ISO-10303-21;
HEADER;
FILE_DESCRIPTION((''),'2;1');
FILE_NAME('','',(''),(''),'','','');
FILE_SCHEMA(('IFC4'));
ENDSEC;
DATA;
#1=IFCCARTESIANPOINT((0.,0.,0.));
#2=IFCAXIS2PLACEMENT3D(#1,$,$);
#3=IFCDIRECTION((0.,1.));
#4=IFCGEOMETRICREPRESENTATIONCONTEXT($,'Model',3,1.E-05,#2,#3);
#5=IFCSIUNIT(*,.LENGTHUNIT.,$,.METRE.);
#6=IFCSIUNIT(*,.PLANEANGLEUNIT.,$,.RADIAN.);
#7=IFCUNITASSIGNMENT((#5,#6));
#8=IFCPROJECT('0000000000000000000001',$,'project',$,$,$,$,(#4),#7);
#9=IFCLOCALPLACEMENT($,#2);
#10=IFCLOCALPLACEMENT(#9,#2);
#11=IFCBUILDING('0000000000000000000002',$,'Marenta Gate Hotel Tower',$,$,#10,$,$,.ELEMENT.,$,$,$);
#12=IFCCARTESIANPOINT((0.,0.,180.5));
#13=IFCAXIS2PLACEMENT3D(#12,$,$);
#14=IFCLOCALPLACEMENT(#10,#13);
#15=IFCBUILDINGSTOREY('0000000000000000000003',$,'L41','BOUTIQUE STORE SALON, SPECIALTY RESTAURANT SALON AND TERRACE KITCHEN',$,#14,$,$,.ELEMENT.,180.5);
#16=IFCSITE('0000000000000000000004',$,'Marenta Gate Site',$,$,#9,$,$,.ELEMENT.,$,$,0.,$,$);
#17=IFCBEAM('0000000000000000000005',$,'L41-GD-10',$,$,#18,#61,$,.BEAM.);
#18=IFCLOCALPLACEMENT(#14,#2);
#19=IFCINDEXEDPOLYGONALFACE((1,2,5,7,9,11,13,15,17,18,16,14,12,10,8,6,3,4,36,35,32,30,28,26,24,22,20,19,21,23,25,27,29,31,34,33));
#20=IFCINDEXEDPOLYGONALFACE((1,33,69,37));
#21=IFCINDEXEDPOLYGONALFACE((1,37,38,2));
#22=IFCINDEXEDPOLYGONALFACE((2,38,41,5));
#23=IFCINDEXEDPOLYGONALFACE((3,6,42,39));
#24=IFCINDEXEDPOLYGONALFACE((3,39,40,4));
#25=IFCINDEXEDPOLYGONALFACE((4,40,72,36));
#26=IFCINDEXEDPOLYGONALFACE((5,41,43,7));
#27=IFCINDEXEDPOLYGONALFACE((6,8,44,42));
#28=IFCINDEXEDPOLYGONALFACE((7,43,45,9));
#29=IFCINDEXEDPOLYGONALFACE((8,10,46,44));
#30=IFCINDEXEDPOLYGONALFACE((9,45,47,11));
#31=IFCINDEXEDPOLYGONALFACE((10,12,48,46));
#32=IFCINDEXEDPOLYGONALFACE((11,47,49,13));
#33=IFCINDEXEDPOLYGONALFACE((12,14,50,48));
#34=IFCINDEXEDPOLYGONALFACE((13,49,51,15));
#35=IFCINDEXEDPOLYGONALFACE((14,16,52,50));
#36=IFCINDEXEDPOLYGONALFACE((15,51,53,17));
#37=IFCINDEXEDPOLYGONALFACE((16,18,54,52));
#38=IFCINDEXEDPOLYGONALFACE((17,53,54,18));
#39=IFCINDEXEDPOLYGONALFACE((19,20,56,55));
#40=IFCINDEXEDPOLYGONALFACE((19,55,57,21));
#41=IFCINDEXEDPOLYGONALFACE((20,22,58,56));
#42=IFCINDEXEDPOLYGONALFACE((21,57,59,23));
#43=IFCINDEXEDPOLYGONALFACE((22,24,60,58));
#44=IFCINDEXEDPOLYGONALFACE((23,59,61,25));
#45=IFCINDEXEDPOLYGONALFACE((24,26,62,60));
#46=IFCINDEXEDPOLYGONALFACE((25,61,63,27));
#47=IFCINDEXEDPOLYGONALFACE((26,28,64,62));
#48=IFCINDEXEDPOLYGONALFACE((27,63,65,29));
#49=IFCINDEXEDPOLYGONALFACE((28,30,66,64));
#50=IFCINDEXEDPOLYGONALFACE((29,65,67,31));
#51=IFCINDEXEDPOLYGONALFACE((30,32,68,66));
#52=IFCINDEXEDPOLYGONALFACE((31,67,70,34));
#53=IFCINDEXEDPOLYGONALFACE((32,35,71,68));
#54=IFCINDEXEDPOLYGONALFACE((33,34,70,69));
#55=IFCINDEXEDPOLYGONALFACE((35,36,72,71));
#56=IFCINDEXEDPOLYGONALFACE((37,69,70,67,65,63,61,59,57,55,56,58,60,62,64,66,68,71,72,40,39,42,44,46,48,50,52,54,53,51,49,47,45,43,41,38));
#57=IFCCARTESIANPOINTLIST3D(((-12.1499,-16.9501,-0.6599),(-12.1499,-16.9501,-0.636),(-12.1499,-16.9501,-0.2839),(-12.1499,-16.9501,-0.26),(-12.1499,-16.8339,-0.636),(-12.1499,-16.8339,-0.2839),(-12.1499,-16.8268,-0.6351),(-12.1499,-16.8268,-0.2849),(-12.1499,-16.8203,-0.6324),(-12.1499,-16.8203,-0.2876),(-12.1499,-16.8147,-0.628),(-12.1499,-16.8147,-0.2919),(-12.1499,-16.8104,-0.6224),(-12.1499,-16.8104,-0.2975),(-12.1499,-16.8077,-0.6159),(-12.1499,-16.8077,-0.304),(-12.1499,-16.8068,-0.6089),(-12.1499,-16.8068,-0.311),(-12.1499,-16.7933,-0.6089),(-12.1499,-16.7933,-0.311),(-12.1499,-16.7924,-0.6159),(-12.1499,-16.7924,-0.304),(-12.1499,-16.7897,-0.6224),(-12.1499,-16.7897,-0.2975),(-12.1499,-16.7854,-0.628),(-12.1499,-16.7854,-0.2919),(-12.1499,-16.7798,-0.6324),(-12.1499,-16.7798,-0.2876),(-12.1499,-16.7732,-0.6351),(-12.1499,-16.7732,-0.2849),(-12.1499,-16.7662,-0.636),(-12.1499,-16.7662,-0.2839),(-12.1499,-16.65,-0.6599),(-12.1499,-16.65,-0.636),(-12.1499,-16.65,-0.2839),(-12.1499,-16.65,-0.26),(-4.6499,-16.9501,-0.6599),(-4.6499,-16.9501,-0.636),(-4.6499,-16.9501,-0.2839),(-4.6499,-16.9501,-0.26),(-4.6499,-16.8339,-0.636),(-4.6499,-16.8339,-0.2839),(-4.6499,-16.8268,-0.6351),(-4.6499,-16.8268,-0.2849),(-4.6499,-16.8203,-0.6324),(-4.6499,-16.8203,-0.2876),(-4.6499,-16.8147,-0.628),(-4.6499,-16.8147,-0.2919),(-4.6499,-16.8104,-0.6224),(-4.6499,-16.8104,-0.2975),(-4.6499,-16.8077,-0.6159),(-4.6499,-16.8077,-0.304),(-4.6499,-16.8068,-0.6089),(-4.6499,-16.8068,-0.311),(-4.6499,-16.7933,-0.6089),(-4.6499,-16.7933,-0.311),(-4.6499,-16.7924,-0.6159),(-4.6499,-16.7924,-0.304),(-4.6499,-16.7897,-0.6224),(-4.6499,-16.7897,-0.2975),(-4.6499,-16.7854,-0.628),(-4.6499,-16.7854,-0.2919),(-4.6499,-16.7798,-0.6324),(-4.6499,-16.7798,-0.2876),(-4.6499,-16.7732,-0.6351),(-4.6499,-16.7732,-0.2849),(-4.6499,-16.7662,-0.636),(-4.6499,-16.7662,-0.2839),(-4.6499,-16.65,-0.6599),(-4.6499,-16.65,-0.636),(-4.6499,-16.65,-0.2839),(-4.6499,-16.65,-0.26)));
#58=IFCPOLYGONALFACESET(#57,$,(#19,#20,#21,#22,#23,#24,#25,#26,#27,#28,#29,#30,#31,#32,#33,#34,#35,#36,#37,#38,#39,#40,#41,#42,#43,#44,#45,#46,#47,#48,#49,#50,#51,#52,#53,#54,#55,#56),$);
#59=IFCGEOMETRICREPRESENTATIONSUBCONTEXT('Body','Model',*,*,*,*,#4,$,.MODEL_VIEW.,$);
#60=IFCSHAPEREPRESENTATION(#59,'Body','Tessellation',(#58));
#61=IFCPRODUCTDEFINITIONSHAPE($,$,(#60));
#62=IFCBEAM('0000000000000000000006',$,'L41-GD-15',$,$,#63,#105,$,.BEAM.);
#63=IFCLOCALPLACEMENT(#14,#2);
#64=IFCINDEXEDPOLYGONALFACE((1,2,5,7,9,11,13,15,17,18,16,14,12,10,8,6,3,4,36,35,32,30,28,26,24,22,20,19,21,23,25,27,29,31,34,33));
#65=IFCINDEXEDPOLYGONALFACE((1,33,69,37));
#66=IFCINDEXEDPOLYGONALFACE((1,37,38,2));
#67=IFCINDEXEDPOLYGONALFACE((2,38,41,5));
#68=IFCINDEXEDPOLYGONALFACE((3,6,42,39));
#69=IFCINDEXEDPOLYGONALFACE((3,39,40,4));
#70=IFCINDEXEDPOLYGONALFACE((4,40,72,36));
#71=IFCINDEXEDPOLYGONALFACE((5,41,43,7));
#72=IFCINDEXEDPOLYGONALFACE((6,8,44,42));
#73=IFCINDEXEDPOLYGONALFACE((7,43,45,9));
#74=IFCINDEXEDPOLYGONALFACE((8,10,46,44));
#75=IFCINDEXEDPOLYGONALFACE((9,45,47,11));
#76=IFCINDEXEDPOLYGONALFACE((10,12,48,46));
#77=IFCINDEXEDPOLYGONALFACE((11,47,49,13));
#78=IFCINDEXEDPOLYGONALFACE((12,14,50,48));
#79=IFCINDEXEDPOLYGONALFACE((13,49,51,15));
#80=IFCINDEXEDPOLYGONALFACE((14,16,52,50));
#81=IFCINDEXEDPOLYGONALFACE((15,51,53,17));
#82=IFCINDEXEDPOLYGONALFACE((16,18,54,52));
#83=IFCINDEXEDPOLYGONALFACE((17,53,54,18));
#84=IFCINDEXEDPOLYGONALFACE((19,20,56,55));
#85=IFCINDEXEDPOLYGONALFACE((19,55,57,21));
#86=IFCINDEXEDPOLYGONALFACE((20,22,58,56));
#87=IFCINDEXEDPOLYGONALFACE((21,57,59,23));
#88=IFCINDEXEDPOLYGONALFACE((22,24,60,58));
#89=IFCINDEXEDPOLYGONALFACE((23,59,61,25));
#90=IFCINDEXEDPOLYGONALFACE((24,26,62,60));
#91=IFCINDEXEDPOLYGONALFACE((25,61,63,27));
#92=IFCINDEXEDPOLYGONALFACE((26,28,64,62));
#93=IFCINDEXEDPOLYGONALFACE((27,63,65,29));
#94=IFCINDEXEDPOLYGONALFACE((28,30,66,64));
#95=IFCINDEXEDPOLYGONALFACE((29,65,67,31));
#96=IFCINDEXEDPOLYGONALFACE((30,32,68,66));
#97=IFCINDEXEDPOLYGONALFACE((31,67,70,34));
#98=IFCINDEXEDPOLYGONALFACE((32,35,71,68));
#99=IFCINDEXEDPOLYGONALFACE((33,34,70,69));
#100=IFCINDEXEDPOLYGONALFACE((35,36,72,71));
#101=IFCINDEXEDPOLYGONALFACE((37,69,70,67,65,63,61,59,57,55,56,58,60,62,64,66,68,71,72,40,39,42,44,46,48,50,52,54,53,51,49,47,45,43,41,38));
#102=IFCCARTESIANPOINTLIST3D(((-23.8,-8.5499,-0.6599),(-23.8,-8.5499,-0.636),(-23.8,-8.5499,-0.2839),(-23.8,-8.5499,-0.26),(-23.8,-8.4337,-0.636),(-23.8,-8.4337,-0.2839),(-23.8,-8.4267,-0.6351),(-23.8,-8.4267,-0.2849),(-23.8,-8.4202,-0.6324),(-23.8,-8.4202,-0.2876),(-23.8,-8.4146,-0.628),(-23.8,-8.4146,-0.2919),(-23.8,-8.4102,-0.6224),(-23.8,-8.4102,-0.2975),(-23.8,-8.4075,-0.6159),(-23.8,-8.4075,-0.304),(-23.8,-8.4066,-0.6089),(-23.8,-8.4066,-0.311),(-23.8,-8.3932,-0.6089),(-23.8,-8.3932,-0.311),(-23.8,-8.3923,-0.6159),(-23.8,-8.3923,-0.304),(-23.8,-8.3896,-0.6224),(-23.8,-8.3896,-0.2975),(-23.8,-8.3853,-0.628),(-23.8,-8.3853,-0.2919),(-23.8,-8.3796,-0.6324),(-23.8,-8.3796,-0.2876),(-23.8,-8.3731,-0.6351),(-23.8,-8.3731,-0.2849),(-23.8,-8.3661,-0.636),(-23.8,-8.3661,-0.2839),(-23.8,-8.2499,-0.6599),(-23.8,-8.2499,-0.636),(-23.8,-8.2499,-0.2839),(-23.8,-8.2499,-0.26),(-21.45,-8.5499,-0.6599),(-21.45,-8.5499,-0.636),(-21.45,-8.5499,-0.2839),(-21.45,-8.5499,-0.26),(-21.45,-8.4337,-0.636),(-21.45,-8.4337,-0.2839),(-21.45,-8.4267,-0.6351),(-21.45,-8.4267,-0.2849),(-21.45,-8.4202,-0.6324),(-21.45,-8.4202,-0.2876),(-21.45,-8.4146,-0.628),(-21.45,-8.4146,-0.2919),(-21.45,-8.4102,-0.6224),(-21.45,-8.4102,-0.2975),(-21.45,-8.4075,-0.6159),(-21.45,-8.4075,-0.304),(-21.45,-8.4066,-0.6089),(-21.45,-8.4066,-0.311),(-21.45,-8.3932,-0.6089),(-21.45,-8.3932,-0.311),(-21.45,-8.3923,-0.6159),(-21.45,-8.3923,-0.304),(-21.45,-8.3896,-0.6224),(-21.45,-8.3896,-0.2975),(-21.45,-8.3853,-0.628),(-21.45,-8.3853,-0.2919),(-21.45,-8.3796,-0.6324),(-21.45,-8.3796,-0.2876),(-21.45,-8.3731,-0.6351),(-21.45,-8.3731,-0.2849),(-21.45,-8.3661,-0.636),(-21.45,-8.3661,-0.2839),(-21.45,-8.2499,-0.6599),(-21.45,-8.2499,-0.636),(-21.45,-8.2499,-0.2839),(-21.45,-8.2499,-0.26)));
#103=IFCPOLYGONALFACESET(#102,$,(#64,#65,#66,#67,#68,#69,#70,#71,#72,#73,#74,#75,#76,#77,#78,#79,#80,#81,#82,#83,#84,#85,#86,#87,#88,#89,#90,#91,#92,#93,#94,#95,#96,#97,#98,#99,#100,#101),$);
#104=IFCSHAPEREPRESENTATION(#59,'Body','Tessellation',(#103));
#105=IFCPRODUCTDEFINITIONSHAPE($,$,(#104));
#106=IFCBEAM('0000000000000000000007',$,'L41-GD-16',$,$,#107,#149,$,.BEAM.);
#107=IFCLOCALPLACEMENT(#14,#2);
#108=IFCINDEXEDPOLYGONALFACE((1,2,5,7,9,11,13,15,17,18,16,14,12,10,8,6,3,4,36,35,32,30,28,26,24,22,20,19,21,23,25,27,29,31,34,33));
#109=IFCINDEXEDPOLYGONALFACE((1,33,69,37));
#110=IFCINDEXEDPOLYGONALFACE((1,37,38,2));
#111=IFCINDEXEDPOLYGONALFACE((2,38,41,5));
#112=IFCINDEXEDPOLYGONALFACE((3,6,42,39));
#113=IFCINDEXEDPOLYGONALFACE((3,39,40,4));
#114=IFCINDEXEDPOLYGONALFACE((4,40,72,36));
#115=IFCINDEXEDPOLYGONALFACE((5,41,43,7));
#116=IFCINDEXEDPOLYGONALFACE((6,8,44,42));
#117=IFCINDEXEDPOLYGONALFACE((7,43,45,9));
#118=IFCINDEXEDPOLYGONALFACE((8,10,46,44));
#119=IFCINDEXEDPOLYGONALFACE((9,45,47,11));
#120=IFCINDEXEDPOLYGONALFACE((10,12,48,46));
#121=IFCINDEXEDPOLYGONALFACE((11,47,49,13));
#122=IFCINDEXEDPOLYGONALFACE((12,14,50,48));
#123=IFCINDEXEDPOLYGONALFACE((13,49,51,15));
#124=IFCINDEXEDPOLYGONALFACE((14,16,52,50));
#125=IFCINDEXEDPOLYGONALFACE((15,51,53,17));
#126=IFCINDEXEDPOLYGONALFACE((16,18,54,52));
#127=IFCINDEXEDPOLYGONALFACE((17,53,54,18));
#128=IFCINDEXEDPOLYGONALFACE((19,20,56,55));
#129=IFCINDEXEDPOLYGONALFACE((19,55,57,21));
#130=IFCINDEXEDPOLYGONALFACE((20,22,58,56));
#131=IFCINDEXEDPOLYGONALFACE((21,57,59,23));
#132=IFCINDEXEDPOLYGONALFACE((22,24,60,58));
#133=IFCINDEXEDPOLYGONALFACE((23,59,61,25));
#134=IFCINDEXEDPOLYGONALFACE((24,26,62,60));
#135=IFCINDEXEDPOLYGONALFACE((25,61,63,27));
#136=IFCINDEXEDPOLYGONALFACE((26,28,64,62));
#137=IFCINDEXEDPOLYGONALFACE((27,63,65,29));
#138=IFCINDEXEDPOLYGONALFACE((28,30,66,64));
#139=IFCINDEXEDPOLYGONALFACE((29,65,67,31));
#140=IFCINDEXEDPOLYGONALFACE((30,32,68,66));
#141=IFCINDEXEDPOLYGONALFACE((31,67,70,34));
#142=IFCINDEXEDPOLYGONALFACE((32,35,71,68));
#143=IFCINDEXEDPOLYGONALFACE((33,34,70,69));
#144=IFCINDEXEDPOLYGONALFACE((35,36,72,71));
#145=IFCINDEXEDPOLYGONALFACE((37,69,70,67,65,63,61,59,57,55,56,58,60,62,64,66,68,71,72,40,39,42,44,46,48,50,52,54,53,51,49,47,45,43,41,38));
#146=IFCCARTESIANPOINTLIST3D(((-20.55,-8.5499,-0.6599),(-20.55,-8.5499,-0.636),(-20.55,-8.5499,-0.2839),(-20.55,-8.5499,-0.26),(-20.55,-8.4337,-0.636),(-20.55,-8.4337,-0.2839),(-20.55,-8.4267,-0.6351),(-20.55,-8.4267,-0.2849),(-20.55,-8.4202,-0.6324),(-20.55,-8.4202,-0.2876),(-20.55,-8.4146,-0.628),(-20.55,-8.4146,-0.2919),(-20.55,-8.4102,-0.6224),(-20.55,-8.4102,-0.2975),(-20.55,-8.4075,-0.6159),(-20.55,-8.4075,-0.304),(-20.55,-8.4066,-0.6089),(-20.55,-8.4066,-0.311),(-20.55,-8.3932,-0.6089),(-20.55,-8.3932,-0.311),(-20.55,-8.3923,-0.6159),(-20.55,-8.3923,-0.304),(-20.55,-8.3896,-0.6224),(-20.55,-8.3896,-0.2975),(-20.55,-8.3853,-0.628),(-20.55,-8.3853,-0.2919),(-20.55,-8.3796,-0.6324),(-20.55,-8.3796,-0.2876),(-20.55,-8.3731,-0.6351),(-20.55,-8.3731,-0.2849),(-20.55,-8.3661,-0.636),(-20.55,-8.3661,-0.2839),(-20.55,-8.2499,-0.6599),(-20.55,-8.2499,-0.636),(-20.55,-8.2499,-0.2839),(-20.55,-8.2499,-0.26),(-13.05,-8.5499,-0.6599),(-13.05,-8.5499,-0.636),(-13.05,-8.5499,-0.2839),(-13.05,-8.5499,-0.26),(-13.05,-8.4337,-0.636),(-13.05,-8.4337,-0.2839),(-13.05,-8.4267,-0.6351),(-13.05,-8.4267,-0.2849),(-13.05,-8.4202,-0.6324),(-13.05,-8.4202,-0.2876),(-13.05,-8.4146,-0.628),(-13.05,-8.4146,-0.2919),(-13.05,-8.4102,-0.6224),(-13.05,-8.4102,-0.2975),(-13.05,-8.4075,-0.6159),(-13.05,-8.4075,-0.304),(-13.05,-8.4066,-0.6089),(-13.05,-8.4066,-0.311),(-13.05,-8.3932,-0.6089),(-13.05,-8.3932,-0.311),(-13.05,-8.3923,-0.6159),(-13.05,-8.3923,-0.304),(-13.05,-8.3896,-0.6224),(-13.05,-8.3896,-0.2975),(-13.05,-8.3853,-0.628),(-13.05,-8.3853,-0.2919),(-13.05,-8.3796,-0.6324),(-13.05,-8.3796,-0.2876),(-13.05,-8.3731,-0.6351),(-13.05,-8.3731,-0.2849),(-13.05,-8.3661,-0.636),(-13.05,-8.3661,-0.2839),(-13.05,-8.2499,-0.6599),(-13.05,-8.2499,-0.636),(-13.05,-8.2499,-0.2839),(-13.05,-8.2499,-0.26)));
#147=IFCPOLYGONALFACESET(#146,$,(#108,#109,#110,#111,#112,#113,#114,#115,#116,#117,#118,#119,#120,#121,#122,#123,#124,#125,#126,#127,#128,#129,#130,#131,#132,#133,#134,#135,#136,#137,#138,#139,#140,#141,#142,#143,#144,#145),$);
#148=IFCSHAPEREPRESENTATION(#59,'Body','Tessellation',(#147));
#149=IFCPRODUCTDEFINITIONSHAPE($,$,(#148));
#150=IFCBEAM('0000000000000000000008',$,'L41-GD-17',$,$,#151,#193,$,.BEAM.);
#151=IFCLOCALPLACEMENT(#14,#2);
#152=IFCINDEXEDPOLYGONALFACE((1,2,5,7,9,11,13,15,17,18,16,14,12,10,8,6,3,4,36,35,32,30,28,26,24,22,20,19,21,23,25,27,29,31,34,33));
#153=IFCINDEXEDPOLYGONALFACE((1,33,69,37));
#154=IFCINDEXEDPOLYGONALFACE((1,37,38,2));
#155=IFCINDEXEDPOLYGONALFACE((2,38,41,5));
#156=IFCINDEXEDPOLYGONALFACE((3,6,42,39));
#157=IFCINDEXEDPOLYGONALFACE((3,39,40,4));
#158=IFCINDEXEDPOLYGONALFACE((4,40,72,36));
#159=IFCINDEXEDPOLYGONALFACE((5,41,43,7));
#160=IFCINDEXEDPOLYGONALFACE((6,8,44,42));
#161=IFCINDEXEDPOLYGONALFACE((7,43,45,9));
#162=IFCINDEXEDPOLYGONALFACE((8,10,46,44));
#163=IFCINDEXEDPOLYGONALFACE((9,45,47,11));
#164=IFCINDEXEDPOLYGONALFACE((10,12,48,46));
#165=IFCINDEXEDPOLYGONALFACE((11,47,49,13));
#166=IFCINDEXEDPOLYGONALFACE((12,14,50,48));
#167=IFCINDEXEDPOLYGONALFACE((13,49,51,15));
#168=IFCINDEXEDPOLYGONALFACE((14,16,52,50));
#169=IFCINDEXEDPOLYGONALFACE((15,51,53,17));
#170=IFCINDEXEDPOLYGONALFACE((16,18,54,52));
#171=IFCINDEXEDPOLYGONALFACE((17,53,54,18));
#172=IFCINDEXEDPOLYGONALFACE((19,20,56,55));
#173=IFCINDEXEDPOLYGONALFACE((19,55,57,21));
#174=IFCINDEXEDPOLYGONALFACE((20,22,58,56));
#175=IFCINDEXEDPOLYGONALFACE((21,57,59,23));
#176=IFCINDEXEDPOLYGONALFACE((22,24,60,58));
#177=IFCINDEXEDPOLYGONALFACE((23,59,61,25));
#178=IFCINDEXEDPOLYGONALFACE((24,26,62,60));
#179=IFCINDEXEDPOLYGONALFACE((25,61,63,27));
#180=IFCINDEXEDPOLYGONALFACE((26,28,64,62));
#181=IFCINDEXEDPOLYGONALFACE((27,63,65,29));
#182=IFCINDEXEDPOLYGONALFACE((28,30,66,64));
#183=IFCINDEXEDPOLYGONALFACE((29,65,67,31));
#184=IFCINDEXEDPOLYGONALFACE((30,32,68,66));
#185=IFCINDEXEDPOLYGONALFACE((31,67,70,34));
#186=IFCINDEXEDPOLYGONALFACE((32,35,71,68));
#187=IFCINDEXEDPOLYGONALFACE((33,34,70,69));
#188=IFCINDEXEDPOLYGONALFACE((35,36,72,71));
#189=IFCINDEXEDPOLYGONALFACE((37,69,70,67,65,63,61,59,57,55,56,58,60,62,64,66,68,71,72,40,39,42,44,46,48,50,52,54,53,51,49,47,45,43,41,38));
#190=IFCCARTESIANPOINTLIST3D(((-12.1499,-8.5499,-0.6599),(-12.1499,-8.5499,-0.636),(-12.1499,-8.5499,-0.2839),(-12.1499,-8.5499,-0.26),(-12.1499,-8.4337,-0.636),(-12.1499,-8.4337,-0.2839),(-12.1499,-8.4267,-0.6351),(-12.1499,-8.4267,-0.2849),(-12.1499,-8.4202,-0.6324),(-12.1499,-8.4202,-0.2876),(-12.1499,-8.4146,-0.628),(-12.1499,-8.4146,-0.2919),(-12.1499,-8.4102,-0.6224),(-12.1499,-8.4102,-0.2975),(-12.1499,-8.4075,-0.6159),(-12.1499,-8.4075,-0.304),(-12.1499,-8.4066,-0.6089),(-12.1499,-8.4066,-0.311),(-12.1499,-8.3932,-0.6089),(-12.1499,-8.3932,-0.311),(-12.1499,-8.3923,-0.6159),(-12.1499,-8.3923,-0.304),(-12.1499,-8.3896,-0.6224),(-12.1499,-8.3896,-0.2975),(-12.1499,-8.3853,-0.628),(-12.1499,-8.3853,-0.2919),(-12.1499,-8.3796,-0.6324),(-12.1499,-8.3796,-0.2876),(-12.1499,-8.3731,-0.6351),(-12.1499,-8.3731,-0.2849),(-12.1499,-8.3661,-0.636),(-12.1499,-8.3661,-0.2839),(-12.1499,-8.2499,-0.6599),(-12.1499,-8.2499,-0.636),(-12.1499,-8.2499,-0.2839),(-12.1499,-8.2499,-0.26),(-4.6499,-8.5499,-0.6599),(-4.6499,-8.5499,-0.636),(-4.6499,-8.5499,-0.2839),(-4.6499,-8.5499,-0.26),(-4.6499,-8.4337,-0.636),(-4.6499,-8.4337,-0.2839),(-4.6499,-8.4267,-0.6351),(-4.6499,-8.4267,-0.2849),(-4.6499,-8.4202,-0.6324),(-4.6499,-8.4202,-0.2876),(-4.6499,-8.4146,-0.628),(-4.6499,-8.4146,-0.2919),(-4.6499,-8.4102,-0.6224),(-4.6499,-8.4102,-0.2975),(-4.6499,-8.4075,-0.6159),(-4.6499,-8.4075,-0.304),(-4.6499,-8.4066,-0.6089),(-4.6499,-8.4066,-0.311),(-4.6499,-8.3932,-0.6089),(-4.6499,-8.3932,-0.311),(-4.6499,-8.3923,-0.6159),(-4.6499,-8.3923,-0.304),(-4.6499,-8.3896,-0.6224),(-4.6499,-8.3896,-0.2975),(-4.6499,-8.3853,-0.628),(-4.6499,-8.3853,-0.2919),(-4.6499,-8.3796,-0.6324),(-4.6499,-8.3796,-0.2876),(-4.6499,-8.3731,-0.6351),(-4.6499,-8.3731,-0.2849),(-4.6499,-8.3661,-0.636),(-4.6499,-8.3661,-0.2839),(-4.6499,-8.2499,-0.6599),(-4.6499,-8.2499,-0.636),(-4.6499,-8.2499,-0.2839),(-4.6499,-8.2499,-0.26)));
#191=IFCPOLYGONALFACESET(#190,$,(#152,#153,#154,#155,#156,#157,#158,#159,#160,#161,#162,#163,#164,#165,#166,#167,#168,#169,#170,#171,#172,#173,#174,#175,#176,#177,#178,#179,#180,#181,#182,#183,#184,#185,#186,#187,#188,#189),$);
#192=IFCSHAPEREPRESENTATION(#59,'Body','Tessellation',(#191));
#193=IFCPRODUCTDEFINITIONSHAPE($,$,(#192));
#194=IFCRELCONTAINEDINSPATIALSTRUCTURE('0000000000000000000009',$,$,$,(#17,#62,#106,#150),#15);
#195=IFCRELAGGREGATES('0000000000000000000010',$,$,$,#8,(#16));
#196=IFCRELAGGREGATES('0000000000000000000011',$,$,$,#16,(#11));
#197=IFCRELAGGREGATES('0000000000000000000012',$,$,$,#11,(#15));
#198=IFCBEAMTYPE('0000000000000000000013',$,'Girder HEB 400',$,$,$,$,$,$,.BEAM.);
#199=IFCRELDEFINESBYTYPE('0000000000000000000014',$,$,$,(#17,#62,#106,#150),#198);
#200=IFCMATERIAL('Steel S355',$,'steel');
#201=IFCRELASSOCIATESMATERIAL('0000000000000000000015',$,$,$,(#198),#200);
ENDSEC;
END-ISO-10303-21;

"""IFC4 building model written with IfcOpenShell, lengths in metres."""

from ifc_helpers import new_model, si_unit, direction, frame, origin, origin_2d, place, context, subcontext, project, spatial, i_section, extrude, material, material_profile, profile_set, type_object, element, save


model = new_model("IFC4")

# Units and contexts
model_context = context("Model", 3, precision=1e-05, world=origin(), true_north=direction((0.0, 1.0)))
body_context = subcontext(model_context, "Body", "Model", "MODEL_VIEW")
ifc_project = project(units=[si_unit("LENGTHUNIT", "METRE"), si_unit("PLANEANGLEUNIT", "RADIAN")], contexts=[model_context])

# Site, building, storey
site_placement = place(None, origin())
site = spatial("IfcSite", under=ifc_project, at=site_placement, Name="Marenta Gate Site", CompositionType="ELEMENT", RefElevation=0.0)
building_placement = place(site_placement, origin())
building = spatial("IfcBuilding", under=site, at=building_placement, Name="Marenta Gate Hotel Tower", CompositionType="ELEMENT")
storey_placement = place(building_placement, frame((0.0, 0.0, 180.5)))
storey = spatial("IfcBuildingStorey", under=building, at=storey_placement, Name="L41", Description="BOUTIQUE STORE SALON, SPECIALTY RESTAURANT SALON AND TERRACE KITCHEN", CompositionType="ELEMENT", Elevation=180.5)

# Beams
ifc_material_1 = material(Name="Steel S355", Category="steel")
ifc_material_profile_1 = material_profile(ifc_material_1, i_section(OverallWidth=0.3, OverallDepth=0.3999, WebThickness=0.0134, FlangeThickness=0.0239, FilletRadius=0.0271, at=origin_2d()), Name="HEB 400")
ifc_profile_set_1 = profile_set([ifc_material_profile_1], Name="Steel S355")
beam_type = type_object("IfcBeamType", Name="Girder HEB 400", PredefinedType="BEAM", material=ifc_profile_set_1)
for number, where, z_axis, x_axis, name in (
    (1, (-12.1499, -16.8, -0.46), (1.0, 0.0, 0.0), (0.0, 1.0, 0.0), "L41-GD-10"),
):
    element("IfcBeam", number, at=place(storey_placement, frame(where, z_axis=z_axis, x_axis=x_axis)), inside=storey, type_object=beam_type, Name=name, PredefinedType="BEAM", context=body_context, shape_type="SweptSolid", body=[
        extrude(i_section(OverallWidth=0.3, OverallDepth=0.3999, WebThickness=0.0134, FlangeThickness=0.0239, FilletRadius=0.0271, at=origin_2d()), origin(), (0.0, 0.0, 1.0), 7.5),
    ])
beam_1_placement = place(storey_placement, frame((-23.8, -8.3999, -0.46), z_axis=(1.0, 0.0, 0.0), x_axis=(0.0, 1.0, 0.0)))
element("IfcBeam", 2, at=beam_1_placement, inside=storey, type_object=beam_type, Name="L41-GD-15", PredefinedType="BEAM", context=body_context, shape_type="SweptSolid", body=[
    extrude(i_section(OverallWidth=0.3, OverallDepth=0.3999, WebThickness=0.0134, FlangeThickness=0.0239, FilletRadius=0.0271, at=origin_2d()), origin(), (0.0, 0.0, 1.0), 2.3501),
])
for number, where, z_axis, x_axis, name in (
    (3, (-20.55, -8.3999, -0.46), (1.0, 0.0, 0.0), (0.0, 1.0, 0.0), "L41-GD-16"),
    (4, (-12.1499, -8.3999, -0.46), (1.0, 0.0, 0.0), (0.0, 1.0, 0.0), "L41-GD-17"),
):
    element("IfcBeam", number, at=place(storey_placement, frame(where, z_axis=z_axis, x_axis=x_axis)), inside=storey, type_object=beam_type, Name=name, PredefinedType="BEAM", context=body_context, shape_type="SweptSolid", body=[
        extrude(i_section(OverallWidth=0.3, OverallDepth=0.3999, WebThickness=0.0134, FlangeThickness=0.0239, FilletRadius=0.0271, at=origin_2d()), origin(), (0.0, 0.0, 1.0), 7.5),
    ])

save(model, "model.ifc")
